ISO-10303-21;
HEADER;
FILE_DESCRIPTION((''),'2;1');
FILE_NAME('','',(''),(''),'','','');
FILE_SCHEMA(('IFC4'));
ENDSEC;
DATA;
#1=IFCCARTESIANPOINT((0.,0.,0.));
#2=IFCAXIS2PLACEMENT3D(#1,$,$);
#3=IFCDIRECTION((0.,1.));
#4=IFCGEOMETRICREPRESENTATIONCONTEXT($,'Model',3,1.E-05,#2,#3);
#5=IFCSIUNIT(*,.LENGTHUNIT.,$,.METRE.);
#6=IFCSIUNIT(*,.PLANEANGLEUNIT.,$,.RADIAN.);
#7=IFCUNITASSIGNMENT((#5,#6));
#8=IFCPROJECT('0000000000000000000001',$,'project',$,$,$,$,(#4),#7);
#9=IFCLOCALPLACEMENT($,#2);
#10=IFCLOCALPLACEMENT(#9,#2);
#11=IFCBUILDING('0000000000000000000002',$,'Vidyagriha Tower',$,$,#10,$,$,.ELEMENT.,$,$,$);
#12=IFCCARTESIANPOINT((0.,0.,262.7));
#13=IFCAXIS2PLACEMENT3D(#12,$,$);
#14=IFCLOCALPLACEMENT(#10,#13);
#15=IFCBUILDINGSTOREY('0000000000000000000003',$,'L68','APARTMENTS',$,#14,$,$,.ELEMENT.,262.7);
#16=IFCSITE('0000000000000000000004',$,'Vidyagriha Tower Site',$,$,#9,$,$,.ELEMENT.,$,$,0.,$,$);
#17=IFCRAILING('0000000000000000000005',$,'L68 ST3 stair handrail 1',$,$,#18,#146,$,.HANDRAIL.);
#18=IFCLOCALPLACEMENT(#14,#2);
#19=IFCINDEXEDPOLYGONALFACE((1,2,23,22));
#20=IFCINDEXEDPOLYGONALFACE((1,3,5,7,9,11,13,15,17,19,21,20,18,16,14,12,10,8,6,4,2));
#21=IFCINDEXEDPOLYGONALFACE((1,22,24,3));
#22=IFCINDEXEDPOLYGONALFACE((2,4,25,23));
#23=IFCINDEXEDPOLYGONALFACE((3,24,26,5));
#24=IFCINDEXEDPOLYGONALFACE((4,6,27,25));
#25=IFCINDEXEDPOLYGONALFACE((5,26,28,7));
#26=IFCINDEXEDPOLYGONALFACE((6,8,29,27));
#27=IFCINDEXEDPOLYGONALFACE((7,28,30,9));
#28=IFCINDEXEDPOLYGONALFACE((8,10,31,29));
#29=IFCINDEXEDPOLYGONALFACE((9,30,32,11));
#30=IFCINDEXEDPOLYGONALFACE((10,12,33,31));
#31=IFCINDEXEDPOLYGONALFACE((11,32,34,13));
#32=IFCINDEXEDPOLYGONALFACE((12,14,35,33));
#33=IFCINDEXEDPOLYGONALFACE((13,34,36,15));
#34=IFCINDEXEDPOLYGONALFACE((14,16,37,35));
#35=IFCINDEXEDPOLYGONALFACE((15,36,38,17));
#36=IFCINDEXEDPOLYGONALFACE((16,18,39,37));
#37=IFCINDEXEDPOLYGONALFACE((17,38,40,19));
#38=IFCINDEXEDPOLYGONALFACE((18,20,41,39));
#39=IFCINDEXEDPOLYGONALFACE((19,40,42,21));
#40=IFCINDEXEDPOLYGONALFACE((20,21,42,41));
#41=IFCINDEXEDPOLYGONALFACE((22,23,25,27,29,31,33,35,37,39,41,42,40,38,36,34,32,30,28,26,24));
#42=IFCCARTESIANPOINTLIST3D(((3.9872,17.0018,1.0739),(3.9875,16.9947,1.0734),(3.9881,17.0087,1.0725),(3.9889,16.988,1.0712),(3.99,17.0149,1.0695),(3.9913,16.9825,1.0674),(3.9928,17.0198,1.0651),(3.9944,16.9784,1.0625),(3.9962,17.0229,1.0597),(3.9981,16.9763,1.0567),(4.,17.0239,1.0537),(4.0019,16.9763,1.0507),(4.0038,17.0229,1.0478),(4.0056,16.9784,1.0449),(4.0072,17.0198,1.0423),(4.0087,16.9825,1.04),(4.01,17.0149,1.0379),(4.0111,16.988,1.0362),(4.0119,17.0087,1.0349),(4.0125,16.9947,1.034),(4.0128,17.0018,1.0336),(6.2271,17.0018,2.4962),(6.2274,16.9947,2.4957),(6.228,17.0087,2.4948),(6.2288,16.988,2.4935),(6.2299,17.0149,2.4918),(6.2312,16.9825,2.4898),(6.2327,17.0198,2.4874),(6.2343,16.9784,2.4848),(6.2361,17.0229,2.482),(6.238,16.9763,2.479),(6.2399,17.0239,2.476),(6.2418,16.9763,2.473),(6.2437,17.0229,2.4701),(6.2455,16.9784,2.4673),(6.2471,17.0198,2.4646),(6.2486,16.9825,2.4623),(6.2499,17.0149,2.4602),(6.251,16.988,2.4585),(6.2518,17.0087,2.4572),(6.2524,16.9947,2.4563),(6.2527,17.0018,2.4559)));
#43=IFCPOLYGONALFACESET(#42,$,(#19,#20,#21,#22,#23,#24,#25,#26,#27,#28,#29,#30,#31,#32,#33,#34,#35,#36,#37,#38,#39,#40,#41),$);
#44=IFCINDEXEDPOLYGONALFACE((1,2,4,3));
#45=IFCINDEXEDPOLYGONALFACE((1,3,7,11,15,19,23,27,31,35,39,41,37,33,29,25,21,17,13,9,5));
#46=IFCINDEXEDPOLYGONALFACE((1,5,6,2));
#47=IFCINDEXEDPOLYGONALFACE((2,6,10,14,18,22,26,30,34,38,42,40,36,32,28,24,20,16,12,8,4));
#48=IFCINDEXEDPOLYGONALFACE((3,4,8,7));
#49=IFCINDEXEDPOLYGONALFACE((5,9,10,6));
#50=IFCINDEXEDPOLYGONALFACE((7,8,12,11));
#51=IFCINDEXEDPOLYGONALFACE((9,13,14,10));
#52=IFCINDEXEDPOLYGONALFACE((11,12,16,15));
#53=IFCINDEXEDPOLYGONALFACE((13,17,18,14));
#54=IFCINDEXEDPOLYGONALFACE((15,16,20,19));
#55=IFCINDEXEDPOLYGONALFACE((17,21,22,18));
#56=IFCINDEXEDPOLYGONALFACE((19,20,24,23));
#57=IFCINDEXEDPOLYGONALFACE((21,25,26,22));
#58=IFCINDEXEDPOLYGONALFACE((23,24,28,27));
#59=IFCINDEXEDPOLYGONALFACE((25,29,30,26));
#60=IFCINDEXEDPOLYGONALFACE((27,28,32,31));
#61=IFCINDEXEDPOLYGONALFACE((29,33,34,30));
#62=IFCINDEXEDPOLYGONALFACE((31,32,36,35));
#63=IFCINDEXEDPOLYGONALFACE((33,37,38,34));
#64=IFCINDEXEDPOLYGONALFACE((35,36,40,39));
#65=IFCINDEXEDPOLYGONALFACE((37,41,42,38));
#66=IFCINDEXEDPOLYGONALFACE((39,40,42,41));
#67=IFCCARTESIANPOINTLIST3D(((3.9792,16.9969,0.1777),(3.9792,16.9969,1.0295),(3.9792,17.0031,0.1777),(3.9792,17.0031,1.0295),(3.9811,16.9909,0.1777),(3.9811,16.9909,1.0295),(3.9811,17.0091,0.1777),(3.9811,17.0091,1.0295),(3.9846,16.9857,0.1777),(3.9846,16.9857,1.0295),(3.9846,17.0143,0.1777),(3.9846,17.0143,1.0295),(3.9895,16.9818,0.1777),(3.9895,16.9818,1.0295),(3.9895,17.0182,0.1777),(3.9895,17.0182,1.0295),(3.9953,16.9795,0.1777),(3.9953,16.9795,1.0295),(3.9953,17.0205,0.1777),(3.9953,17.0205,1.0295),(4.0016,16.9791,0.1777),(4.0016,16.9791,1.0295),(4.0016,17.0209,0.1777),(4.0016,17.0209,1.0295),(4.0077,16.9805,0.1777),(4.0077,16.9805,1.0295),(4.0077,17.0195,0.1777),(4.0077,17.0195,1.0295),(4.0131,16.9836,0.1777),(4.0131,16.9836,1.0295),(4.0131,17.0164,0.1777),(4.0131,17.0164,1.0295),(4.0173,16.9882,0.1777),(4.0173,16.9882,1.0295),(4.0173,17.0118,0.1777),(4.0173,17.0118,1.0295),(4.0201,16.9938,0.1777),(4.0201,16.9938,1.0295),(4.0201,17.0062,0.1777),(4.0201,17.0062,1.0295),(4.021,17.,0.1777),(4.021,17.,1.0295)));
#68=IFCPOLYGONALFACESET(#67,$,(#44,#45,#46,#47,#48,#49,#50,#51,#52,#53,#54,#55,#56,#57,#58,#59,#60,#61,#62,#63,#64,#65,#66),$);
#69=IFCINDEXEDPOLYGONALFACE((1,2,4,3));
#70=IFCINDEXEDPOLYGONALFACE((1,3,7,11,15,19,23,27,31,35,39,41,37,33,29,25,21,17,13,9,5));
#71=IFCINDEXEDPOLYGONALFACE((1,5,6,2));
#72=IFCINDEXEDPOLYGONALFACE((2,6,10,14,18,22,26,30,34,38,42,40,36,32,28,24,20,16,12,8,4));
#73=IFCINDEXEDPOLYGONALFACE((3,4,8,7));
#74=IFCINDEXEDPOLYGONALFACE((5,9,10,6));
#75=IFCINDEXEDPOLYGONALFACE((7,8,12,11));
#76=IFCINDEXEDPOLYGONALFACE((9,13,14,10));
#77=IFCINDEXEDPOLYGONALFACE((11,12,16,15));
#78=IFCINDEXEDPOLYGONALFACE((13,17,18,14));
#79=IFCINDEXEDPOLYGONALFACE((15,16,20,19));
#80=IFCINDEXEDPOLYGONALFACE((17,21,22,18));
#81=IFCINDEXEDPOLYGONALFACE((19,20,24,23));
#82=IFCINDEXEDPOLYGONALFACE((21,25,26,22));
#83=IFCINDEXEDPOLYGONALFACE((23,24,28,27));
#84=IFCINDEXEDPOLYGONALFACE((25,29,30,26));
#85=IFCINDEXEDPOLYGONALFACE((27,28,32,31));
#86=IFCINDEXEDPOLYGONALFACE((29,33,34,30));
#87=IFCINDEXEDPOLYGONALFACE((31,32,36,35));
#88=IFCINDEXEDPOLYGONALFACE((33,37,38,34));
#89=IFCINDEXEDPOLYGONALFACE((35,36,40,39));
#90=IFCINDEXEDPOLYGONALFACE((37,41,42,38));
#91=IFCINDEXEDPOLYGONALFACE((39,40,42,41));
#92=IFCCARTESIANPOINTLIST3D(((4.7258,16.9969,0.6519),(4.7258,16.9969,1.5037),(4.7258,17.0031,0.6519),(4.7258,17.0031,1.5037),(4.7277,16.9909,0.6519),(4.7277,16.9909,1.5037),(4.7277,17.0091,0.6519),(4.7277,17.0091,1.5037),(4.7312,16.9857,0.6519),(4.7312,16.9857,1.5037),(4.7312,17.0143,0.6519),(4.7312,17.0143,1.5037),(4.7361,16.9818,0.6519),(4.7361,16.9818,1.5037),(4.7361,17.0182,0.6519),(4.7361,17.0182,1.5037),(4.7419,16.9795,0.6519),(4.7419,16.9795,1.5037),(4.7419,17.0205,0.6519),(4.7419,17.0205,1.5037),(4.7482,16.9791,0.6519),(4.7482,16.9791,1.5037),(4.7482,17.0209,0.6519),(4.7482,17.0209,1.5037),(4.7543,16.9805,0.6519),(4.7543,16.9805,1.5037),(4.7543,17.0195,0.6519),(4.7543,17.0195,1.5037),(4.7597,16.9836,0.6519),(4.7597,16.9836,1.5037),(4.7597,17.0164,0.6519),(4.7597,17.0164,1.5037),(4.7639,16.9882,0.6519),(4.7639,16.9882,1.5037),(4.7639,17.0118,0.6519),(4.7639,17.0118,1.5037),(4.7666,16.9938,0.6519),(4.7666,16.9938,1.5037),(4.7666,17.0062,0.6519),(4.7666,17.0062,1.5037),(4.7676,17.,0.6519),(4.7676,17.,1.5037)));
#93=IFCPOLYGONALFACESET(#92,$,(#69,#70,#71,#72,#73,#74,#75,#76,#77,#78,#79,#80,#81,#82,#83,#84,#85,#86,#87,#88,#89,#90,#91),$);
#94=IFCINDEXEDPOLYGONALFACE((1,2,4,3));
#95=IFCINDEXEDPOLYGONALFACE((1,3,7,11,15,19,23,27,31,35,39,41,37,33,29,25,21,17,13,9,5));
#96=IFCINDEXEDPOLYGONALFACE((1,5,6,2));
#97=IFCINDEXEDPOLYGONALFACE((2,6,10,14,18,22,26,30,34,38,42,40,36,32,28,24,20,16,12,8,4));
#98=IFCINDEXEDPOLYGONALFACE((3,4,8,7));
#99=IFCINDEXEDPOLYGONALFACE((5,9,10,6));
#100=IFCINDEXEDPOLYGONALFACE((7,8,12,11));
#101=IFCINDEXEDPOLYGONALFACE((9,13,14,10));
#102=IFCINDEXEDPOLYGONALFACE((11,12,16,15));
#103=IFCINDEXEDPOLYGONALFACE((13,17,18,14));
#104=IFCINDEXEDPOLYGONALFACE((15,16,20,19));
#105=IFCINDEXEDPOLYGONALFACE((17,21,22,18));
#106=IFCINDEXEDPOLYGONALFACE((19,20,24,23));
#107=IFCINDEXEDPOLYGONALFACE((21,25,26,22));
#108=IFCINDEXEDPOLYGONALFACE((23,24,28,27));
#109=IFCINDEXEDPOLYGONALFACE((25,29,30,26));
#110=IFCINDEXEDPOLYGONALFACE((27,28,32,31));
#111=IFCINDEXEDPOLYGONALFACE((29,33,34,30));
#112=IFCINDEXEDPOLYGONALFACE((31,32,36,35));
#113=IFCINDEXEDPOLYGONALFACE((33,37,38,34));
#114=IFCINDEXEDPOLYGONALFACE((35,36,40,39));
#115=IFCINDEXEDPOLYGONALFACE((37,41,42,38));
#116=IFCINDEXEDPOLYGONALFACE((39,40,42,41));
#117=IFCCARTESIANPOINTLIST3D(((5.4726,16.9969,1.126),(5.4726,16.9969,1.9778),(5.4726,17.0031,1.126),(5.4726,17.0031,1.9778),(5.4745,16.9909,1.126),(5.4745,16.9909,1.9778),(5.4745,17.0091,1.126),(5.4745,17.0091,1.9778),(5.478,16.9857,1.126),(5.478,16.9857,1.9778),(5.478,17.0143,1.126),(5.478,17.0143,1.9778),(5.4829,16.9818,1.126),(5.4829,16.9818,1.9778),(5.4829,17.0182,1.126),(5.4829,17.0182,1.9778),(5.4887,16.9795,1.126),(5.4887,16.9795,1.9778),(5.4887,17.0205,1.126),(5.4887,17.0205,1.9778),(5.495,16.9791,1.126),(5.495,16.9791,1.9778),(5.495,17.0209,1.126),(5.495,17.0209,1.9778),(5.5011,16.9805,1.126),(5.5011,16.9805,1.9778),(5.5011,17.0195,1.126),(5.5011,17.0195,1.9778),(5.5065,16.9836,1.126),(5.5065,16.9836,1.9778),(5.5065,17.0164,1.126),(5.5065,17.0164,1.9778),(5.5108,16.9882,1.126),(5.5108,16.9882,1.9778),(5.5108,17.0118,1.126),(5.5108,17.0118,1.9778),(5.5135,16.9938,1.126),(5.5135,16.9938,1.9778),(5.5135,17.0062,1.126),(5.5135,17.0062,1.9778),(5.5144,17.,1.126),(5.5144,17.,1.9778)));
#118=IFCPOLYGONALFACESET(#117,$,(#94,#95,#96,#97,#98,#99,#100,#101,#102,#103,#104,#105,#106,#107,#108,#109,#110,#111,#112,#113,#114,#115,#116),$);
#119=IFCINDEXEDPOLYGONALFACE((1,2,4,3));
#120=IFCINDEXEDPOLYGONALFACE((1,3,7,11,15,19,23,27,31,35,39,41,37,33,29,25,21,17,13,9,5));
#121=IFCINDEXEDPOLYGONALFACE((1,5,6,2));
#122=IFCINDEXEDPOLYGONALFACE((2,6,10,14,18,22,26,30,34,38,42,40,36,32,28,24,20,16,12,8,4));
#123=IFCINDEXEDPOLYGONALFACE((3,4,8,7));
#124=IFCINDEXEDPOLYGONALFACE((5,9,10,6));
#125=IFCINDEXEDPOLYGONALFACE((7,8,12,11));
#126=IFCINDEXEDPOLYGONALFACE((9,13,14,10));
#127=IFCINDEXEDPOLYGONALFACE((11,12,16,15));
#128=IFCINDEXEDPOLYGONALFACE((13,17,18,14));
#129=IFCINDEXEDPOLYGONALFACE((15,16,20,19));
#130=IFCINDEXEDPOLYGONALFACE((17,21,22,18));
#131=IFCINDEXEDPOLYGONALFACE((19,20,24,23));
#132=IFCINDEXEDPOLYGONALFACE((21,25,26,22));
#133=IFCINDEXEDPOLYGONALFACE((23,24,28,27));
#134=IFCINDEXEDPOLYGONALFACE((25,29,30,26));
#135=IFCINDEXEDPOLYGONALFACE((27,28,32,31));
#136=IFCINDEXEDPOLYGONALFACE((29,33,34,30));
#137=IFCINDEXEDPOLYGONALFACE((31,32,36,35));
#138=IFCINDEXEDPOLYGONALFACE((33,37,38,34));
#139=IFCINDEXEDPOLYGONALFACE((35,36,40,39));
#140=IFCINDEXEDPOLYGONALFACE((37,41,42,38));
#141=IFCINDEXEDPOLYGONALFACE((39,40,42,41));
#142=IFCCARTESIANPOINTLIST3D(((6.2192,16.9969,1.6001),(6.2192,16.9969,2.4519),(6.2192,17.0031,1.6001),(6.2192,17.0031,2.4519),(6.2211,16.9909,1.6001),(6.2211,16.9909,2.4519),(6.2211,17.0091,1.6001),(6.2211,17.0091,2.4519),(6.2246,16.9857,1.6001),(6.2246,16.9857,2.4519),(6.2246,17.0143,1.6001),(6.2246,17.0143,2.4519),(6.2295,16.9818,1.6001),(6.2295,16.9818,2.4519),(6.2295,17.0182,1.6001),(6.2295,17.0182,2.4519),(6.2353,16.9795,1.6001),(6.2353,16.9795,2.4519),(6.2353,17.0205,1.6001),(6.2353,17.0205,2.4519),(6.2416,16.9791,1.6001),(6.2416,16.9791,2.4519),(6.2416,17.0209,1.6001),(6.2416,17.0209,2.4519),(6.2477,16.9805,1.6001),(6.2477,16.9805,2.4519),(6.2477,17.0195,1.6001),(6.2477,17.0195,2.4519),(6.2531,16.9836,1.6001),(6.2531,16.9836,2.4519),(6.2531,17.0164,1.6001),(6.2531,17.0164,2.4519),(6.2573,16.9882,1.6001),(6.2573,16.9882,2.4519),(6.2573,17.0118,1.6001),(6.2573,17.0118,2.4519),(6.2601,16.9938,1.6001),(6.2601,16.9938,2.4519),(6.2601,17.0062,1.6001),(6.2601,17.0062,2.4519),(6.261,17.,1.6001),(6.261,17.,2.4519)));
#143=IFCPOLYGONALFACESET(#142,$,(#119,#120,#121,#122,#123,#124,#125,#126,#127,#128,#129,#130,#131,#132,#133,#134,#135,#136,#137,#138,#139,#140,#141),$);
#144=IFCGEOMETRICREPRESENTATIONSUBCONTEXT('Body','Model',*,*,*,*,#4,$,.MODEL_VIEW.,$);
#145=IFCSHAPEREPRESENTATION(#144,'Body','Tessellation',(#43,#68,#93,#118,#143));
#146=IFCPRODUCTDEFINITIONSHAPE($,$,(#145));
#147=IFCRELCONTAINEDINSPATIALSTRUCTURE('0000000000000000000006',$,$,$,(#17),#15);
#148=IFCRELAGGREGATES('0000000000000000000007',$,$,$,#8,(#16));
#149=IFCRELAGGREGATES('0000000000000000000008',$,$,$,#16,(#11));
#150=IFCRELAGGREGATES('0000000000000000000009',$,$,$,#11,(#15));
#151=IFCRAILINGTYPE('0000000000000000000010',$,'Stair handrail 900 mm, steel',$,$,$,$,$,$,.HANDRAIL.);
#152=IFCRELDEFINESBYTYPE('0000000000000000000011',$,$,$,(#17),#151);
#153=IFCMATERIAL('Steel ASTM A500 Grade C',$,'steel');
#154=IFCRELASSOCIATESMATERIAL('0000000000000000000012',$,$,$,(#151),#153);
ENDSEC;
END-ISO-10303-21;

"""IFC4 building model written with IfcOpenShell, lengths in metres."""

from ifc_helpers import new_model, si_unit, direction, frame, origin, origin_2d, place, context, subcontext, project, spatial, circle, extrude, material, type_object, element, save


model = new_model("IFC4")

# Units and contexts
model_context = context("Model", 3, precision=1e-05, world=origin(), true_north=direction((0.0, 1.0)))
body_context = subcontext(model_context, "Body", "Model", "MODEL_VIEW")
ifc_project = project(units=[si_unit("LENGTHUNIT", "METRE"), si_unit("PLANEANGLEUNIT", "RADIAN")], contexts=[model_context])

# Site, building, storey
site_placement = place(None, origin())
site = spatial("IfcSite", under=ifc_project, at=site_placement, Name="Vidyagriha Tower Site", CompositionType="ELEMENT", RefElevation=0.0)
building_placement = place(site_placement, origin())
building = spatial("IfcBuilding", under=site, at=building_placement, Name="Vidyagriha Tower", CompositionType="ELEMENT")
storey_placement = place(building_placement, frame((0.0, 0.0, 262.7)))
storey = spatial("IfcBuildingStorey", under=building, at=storey_placement, Name="L68", Description="APARTMENTS", CompositionType="ELEMENT", Elevation=262.7)

# Railing
ifc_material_1 = material(Name="Steel ASTM A500 Grade C", Category="steel")
railing_type = type_object("IfcRailingType", Name="Stair handrail 900 mm, steel", PredefinedType="HANDRAIL", material=ifc_material_1)
railing_placement = place(storey_placement, frame((4.0, 17.0, 0.1777)))
element("IfcRailing", 1, at=railing_placement, inside=storey, type_object=railing_type, Name="L68 ST3 stair handrail 1", PredefinedType="HANDRAIL", context=body_context, shape_type="SweptSolid", body=[
    extrude(circle(Radius=0.0239, at=origin_2d()), frame((0.0, 0.0, 0.876), z_axis=(0.844188, 0.0, 0.536048), x_axis=(0.0, 1.0, 0.0)), (0.0, 0.0, 1.0), 2.6533),
    extrude(circle(Radius=0.021, at=origin_2d()), origin(), (0.0, 0.0, 1.0), 0.8518),
    extrude(circle(Radius=0.021, at=origin_2d()), frame((0.7466, 0.0, 0.4741)), (0.0, 0.0, 1.0), 0.8518),
    extrude(circle(Radius=0.021, at=origin_2d()), frame((1.4934, 0.0, 0.9482)), (0.0, 0.0, 1.0), 0.8518),
    extrude(circle(Radius=0.021, at=origin_2d()), frame((2.24, 0.0, 1.4224)), (0.0, 0.0, 1.0), 0.8518),
])

save(model, "model.ifc")
